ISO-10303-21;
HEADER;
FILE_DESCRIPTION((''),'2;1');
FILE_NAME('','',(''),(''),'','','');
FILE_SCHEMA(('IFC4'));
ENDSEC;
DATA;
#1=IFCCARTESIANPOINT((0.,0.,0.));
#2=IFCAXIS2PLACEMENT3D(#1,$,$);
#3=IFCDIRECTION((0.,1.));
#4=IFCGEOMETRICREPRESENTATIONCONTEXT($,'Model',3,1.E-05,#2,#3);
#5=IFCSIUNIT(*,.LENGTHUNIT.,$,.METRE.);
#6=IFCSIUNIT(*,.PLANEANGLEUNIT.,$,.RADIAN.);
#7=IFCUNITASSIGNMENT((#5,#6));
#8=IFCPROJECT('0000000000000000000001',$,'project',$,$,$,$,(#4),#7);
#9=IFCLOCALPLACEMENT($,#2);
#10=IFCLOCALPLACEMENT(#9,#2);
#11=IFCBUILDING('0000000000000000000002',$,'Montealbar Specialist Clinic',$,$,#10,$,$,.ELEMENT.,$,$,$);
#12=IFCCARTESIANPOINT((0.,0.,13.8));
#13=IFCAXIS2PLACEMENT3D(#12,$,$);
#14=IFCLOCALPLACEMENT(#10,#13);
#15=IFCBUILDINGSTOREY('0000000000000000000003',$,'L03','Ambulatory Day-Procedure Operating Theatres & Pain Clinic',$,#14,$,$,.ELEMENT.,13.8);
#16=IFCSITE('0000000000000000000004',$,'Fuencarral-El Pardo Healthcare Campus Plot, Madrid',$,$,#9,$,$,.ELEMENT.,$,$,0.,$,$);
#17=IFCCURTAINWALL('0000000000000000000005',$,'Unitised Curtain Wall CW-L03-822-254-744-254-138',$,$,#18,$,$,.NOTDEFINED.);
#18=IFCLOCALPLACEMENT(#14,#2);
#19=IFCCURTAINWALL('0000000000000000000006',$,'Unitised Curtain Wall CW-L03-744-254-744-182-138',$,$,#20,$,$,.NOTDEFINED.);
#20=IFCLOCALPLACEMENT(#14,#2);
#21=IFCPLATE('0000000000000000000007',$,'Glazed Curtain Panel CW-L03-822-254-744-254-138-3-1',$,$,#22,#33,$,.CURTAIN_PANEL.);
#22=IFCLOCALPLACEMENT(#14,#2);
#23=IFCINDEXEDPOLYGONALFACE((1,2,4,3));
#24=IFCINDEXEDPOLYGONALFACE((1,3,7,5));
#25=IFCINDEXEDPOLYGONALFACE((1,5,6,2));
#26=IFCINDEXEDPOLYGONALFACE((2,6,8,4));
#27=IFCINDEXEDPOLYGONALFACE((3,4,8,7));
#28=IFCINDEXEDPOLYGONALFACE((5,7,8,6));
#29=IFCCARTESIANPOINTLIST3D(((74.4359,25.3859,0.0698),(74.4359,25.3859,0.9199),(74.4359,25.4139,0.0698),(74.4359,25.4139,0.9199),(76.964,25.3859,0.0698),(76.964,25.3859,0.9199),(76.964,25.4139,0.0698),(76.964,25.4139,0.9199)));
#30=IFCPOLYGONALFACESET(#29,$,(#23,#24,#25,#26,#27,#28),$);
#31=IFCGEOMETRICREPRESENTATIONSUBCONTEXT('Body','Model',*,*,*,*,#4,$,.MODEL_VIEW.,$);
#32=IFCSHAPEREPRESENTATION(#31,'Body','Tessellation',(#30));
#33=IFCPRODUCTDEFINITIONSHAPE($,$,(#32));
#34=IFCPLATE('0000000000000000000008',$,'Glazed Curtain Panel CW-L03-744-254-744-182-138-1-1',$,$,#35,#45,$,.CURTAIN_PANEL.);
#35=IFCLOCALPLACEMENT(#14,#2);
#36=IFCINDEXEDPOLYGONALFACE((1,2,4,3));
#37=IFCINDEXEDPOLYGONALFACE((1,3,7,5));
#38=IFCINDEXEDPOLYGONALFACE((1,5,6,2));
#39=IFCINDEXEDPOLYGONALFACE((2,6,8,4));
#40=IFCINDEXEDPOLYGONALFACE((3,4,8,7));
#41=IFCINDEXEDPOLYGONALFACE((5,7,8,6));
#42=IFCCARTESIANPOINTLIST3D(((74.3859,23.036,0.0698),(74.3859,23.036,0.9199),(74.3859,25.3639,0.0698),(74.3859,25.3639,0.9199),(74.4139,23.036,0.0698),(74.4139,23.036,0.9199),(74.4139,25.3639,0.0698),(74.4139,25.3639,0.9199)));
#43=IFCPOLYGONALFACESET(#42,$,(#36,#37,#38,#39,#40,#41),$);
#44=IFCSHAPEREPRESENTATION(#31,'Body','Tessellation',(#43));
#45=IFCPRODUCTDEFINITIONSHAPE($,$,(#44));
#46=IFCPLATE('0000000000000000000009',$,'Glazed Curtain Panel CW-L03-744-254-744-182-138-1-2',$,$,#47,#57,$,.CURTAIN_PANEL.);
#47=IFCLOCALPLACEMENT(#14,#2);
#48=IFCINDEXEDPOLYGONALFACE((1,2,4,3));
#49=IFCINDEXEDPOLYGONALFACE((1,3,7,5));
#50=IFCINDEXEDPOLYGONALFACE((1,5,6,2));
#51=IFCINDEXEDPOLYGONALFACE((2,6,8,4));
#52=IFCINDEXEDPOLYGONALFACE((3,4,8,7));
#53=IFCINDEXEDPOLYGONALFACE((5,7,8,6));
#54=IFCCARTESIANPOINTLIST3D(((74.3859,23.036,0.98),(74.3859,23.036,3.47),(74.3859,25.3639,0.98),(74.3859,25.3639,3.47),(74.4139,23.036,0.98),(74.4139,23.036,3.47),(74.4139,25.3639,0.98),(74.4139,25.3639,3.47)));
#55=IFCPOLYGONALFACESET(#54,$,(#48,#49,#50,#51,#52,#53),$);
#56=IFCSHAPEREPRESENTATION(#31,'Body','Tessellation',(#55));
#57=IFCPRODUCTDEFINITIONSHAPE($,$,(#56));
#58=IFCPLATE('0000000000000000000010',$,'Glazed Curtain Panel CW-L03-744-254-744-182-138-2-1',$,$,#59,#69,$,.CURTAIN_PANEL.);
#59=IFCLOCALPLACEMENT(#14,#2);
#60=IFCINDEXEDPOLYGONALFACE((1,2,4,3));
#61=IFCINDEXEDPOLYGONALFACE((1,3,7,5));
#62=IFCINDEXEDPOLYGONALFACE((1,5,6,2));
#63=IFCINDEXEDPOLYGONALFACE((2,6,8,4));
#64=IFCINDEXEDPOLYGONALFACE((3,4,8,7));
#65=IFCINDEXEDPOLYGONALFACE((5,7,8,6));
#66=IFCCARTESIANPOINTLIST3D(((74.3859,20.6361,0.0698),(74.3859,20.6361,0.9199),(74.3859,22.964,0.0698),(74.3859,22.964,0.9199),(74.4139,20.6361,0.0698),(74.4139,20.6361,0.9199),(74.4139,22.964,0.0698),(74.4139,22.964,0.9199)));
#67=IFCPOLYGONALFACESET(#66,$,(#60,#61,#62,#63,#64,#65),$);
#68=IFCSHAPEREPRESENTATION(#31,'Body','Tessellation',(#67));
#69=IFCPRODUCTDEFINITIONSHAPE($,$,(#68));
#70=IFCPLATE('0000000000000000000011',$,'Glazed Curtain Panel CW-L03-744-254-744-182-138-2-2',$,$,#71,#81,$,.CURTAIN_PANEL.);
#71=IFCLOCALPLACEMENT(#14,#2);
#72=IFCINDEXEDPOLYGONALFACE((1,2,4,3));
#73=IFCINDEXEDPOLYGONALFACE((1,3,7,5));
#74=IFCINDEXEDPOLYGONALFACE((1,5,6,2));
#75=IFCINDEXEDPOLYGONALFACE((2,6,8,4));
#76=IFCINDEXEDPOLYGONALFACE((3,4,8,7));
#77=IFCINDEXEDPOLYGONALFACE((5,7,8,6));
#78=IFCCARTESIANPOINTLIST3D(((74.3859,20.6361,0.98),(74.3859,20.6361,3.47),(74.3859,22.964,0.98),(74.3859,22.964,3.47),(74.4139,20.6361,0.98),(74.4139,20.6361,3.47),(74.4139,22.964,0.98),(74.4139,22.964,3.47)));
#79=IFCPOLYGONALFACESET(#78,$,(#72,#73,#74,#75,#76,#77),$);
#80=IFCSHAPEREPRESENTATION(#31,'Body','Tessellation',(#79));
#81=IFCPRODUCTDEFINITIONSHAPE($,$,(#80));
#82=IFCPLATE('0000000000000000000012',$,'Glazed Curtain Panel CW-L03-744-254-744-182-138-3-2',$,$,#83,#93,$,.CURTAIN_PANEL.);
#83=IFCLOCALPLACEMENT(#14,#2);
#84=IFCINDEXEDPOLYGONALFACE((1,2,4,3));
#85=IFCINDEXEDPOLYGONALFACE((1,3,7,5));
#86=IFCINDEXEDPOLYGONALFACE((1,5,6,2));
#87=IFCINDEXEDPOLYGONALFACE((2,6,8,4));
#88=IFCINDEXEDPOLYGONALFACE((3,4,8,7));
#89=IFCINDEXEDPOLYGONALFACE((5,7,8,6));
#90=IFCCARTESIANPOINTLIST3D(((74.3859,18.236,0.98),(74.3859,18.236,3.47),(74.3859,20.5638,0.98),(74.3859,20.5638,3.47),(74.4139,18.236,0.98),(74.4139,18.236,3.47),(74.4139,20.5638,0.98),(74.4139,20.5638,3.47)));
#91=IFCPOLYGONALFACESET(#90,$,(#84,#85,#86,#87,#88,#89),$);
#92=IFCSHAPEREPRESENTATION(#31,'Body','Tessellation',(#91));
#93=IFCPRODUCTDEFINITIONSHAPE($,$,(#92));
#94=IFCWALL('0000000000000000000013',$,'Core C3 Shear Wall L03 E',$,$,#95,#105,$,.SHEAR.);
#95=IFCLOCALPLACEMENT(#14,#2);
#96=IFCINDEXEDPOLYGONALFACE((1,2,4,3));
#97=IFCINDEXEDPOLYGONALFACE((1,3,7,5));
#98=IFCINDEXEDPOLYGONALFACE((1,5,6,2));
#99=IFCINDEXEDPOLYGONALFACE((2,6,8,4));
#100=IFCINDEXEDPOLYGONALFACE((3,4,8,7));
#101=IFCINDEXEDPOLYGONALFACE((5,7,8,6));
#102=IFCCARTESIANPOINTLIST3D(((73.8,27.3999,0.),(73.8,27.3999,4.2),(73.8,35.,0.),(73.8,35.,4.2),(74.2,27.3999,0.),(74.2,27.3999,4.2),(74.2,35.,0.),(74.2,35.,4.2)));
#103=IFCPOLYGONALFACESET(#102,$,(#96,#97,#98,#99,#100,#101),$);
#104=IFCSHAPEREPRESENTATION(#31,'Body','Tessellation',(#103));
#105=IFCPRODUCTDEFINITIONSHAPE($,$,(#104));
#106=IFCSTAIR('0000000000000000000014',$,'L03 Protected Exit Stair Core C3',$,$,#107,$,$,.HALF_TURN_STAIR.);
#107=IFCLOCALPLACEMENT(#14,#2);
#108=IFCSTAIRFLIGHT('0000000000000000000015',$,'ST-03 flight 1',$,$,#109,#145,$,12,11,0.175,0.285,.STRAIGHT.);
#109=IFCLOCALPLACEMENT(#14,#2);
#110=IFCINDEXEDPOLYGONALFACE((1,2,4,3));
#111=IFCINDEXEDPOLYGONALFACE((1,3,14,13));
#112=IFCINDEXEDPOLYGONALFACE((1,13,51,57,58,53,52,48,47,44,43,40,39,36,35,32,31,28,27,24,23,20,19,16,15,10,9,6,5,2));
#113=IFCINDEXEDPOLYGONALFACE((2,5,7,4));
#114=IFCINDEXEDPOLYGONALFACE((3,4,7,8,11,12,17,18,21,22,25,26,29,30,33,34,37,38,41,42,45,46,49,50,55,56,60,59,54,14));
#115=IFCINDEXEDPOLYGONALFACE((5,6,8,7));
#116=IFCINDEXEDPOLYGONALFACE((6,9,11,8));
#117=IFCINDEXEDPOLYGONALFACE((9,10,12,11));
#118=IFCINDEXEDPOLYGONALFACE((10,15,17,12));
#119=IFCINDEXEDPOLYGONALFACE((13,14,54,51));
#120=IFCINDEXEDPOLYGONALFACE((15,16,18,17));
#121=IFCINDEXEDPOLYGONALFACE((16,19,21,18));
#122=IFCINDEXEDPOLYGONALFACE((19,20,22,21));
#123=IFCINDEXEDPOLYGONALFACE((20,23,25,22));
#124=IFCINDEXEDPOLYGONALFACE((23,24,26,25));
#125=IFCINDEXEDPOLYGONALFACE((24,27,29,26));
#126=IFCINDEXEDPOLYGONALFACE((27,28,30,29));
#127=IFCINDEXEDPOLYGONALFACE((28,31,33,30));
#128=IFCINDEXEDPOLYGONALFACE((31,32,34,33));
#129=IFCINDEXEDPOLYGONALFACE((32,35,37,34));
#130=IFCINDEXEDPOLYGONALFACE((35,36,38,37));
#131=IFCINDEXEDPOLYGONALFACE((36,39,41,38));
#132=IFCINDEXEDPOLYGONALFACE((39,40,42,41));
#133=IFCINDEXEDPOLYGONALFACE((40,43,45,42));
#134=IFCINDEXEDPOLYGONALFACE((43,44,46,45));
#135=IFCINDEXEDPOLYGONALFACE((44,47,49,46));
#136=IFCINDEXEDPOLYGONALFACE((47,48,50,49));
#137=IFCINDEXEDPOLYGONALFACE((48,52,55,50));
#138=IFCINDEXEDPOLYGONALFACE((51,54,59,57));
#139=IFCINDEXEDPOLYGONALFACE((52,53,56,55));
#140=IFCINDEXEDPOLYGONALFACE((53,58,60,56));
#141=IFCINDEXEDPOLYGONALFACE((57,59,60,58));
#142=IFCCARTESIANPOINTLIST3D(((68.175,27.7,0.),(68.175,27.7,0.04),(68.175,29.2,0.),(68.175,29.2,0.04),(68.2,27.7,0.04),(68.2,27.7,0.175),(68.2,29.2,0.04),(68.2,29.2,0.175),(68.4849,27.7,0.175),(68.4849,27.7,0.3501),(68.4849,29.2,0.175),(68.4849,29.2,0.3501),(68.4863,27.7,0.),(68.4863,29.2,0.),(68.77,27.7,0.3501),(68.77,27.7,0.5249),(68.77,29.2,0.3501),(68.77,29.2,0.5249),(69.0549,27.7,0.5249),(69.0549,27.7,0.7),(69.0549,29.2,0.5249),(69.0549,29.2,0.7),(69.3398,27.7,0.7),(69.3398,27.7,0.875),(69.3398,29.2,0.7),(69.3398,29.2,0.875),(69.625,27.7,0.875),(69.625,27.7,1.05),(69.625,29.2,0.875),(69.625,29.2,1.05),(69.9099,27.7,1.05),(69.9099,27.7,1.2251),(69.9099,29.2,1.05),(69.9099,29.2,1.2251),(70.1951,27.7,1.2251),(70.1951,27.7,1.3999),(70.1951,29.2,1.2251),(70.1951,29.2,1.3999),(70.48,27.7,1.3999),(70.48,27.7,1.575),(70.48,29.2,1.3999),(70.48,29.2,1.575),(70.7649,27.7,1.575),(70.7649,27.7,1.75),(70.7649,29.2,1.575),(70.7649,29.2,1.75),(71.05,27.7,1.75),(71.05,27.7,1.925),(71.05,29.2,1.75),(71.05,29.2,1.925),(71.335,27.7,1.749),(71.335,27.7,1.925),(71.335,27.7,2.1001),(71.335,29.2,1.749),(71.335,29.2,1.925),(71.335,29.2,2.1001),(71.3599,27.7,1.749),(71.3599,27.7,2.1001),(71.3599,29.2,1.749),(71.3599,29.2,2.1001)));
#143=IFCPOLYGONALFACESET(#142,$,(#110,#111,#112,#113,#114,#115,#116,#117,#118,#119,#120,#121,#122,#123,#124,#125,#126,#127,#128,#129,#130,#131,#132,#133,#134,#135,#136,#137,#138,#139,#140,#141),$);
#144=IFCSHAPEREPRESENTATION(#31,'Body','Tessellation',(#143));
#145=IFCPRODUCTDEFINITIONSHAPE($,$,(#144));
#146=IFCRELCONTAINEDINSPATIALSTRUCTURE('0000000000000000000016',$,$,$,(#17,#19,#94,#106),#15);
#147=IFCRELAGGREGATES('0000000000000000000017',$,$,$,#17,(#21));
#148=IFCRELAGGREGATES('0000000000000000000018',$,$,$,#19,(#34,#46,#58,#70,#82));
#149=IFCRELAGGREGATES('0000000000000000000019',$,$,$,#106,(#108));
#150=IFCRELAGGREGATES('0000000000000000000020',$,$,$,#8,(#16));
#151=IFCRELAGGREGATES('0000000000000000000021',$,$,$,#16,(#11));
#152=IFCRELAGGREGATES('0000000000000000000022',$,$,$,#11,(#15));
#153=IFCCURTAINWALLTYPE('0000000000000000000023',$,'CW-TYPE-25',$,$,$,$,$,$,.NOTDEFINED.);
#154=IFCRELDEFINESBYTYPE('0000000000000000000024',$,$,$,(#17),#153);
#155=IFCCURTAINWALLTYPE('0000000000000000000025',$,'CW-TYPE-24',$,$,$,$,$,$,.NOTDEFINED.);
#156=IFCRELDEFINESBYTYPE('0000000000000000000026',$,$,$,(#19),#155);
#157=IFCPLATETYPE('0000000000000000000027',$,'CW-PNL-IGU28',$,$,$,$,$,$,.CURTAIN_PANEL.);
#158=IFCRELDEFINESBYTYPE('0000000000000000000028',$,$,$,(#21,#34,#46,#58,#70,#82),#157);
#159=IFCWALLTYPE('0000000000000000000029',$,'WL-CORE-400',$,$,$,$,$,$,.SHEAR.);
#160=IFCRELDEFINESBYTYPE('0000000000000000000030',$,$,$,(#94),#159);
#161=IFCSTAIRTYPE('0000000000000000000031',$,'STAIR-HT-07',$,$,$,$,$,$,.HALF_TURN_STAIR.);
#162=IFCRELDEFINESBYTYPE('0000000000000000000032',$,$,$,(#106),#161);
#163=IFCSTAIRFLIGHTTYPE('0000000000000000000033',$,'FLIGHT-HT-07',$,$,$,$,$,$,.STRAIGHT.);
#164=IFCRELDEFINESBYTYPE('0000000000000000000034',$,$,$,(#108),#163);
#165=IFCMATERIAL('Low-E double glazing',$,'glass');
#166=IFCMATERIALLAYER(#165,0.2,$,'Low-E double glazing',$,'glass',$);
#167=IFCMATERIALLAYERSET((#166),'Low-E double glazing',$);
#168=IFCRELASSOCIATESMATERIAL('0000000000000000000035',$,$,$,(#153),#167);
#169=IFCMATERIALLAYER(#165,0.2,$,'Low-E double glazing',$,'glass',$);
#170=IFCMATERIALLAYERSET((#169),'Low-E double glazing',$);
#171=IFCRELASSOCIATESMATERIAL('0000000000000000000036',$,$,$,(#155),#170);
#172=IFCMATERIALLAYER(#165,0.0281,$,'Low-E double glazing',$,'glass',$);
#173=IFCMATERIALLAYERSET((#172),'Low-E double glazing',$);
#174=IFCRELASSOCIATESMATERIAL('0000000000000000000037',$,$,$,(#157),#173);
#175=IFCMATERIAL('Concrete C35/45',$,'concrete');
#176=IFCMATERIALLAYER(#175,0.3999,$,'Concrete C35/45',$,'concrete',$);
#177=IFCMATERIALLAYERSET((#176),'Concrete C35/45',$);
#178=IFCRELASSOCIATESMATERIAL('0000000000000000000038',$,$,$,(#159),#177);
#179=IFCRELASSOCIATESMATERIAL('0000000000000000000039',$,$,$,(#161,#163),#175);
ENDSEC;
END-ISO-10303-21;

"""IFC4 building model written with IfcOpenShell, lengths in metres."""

from ifc_helpers import new_model, si_unit, direction, frame, frame_2d, origin, origin_2d, place, context, subcontext, project, spatial, polyline, rectangle, outline, extrude, material, layer, layer_set, type_object, element, aggregate, save


model = new_model("IFC4")

# Units and contexts
model_context = context("Model", 3, precision=1e-05, world=origin(), true_north=direction((0.0, 1.0)))
body_context = subcontext(model_context, "Body", "Model", "MODEL_VIEW")
ifc_project = project(units=[si_unit("LENGTHUNIT", "METRE"), si_unit("PLANEANGLEUNIT", "RADIAN")], contexts=[model_context])

# Site, building, storey
site_placement = place(None, origin())
site = spatial("IfcSite", under=ifc_project, at=site_placement, Name="Fuencarral-El Pardo Healthcare Campus Plot, Madrid", CompositionType="ELEMENT", RefElevation=0.0)
building_placement = place(site_placement, origin())
building = spatial("IfcBuilding", under=site, at=building_placement, Name="Montealbar Specialist Clinic", CompositionType="ELEMENT")
storey_placement = place(building_placement, frame((0.0, 0.0, 13.8)))
storey = spatial("IfcBuildingStorey", under=building, at=storey_placement, Name="L03", Description="Ambulatory Day-Procedure Operating Theatres & Pain Clinic", CompositionType="ELEMENT", Elevation=13.8)

# Curtain wall
ifc_material_1 = material(Name="Low-E double glazing", Category="glass")
ifc_layer_1 = layer(ifc_material_1, 0.2, Name="Low-E double glazing", Category="glass")
ifc_layer_set_1 = layer_set([ifc_layer_1], Name="Low-E double glazing")
curtain_wall_type_1 = type_object("IfcCurtainWallType", Name="CW-TYPE-25", PredefinedType="NOTDEFINED", material=ifc_layer_set_1)
curtain_wall_1_placement = place(storey_placement, origin())
curtain_wall_1 = element("IfcCurtainWall", 1, at=curtain_wall_1_placement, inside=storey, type_object=curtain_wall_type_1, Name="Unitised Curtain Wall CW-L03-822-254-744-254-138", PredefinedType="NOTDEFINED")

# Curtain wall
ifc_layer_2 = layer(ifc_material_1, 0.2, Name="Low-E double glazing", Category="glass")
ifc_layer_set_2 = layer_set([ifc_layer_2], Name="Low-E double glazing")
curtain_wall_type_2 = type_object("IfcCurtainWallType", Name="CW-TYPE-24", PredefinedType="NOTDEFINED", material=ifc_layer_set_2)
curtain_wall_2_placement = place(storey_placement, origin())
curtain_wall_2 = element("IfcCurtainWall", 2, at=curtain_wall_2_placement, inside=storey, type_object=curtain_wall_type_2, Name="Unitised Curtain Wall CW-L03-744-254-744-182-138", PredefinedType="NOTDEFINED")

# Plates
ifc_layer_3 = layer(ifc_material_1, 0.0281, Name="Low-E double glazing", Category="glass")
ifc_layer_set_3 = layer_set([ifc_layer_3], Name="Low-E double glazing")
plate_type = type_object("IfcPlateType", Name="CW-PNL-IGU28", PredefinedType="CURTAIN_PANEL", material=ifc_layer_set_3)
plate_1_placement = place(storey_placement, frame((75.7, 25.3999, 0.0698), z_axis=(0.0, 0.0, 1.0), x_axis=(-1.0, 0.0, 0.0)))
plate_1 = element("IfcPlate", 3, at=plate_1_placement, type_object=plate_type, Name="Glazed Curtain Panel CW-L03-822-254-744-254-138-3-1", PredefinedType="CURTAIN_PANEL", context=body_context, shape_type="SweptSolid", body=[
    extrude(rectangle(XDim=2.5281, YDim=0.0281, at=origin_2d()), origin(), (0.0, 0.0, 1.0), 0.8501),
])
aggregate(curtain_wall_1, [plate_1])
plate_2_placement = place(storey_placement, frame((74.3999, 24.2, 0.0698), z_axis=(0.0, 0.0, 1.0), x_axis=(0.0, -1.0, 0.0)))
plate_2 = element("IfcPlate", 4, at=plate_2_placement, type_object=plate_type, Name="Glazed Curtain Panel CW-L03-744-254-744-182-138-1-1", PredefinedType="CURTAIN_PANEL", context=body_context, shape_type="SweptSolid", body=[
    extrude(rectangle(XDim=2.3279, YDim=0.0281, at=origin_2d()), origin(), (0.0, 0.0, 1.0), 0.8501),
])
plate_3_placement = place(storey_placement, frame((74.3999, 24.2, 0.98), z_axis=(0.0, 0.0, 1.0), x_axis=(0.0, -1.0, 0.0)))
plate_3 = element("IfcPlate", 5, at=plate_3_placement, type_object=plate_type, Name="Glazed Curtain Panel CW-L03-744-254-744-182-138-1-2", PredefinedType="CURTAIN_PANEL", context=body_context, shape_type="SweptSolid", body=[
    extrude(rectangle(XDim=2.3279, YDim=0.0281, at=origin_2d()), origin(), (0.0, 0.0, 1.0), 2.49),
])
plate_4_placement = place(storey_placement, frame((74.3999, 21.8, 0.0698), z_axis=(0.0, 0.0, 1.0), x_axis=(0.0, -1.0, 0.0)))
plate_4 = element("IfcPlate", 6, at=plate_4_placement, type_object=plate_type, Name="Glazed Curtain Panel CW-L03-744-254-744-182-138-2-1", PredefinedType="CURTAIN_PANEL", context=body_context, shape_type="SweptSolid", body=[
    extrude(rectangle(XDim=2.3279, YDim=0.0281, at=origin_2d()), origin(), (0.0, 0.0, 1.0), 0.8501),
])
plate_5_placement = place(storey_placement, frame((74.3999, 21.8, 0.98), z_axis=(0.0, 0.0, 1.0), x_axis=(0.0, -1.0, 0.0)))
plate_5 = element("IfcPlate", 7, at=plate_5_placement, type_object=plate_type, Name="Glazed Curtain Panel CW-L03-744-254-744-182-138-2-2", PredefinedType="CURTAIN_PANEL", context=body_context, shape_type="SweptSolid", body=[
    extrude(rectangle(XDim=2.3279, YDim=0.0281, at=origin_2d()), origin(), (0.0, 0.0, 1.0), 2.49),
])
plate_6_placement = place(storey_placement, frame((74.3999, 19.3999, 0.98), z_axis=(0.0, 0.0, 1.0), x_axis=(0.0, -1.0, 0.0)))
plate_6 = element("IfcPlate", 8, at=plate_6_placement, type_object=plate_type, Name="Glazed Curtain Panel CW-L03-744-254-744-182-138-3-2", PredefinedType="CURTAIN_PANEL", context=body_context, shape_type="SweptSolid", body=[
    extrude(rectangle(XDim=2.3279, YDim=0.0281, at=origin_2d()), origin(), (0.0, 0.0, 1.0), 2.49),
])
aggregate(curtain_wall_2, [plate_2, plate_3, plate_4, plate_5, plate_6])

# Wall
ifc_material_2 = material(Name="Concrete C35/45", Category="concrete")
ifc_layer_4 = layer(ifc_material_2, 0.3999, Name="Concrete C35/45", Category="concrete")
ifc_layer_set_4 = layer_set([ifc_layer_4], Name="Concrete C35/45")
wall_type = type_object("IfcWallType", Name="WL-CORE-400", PredefinedType="SHEAR", material=ifc_layer_set_4)
wall_placement = place(storey_placement, frame((74.0, 27.3999, 0.0), z_axis=(0.0, 0.0, 1.0), x_axis=(0.0, 1.0, 0.0)))
element("IfcWall", 9, at=wall_placement, inside=storey, type_object=wall_type, Name="Core C3 Shear Wall L03 E", PredefinedType="SHEAR", context=body_context, shape_type="SweptSolid", body=[
    extrude(rectangle(XDim=7.6001, YDim=0.3999, at=frame_2d((3.8, 0.0))), origin(), (0.0, 0.0, 1.0), 4.2),
])

# Stair, stair flight
stair_type = type_object("IfcStairType", Name="STAIR-HT-07", PredefinedType="HALF_TURN_STAIR", material=ifc_material_2)
stair_placement = place(storey_placement, origin())
stair = element("IfcStair", 10, at=stair_placement, inside=storey, type_object=stair_type, Name="L03 Protected Exit Stair Core C3", PredefinedType="HALF_TURN_STAIR")
stair_flight_type = type_object("IfcStairFlightType", Name="FLIGHT-HT-07", PredefinedType="STRAIGHT", material=ifc_material_2)
stair_flight_placement = place(storey_placement, frame((68.2, 28.45, 0.0), z_axis=(0.0, 0.0, 1.0), x_axis=(1.0, 0.0, 0.0)))
stair_flight = element("IfcStairFlight", 11, at=stair_flight_placement, type_object=stair_flight_type, Name="ST-03 flight 1", NumberOfRisers=12, NumberOfTreads=11, PredefinedType="STRAIGHT", RiserHeight=0.175, TreadLength=0.285, context=body_context, shape_type="SweptSolid", body=[
    extrude(outline(polyline([(-0.0249, 0.0), (-0.0249, 0.04), (0.0, 0.04), (0.0, 0.175), (0.2849, 0.175), (0.2849, 0.3501), (0.5701, 0.3501), (0.5701, 0.5249), (0.855, 0.5249), (0.855, 0.7), (1.1399, 0.7), (1.1399, 0.875), (1.425, 0.875), (1.425, 1.05), (1.71, 1.05), (1.71, 1.2251), (1.9951, 1.2251), (1.9951, 1.3999), (2.28, 1.3999), (2.28, 1.575), (2.5649, 1.575), (2.5649, 1.75), (2.8501, 1.75), (2.8501, 1.925), (3.135, 1.925), (3.135, 2.1001), (3.1599, 2.1001), (3.1599, 1.749), (3.135, 1.749), (0.2864, 0.0), (-0.0249, 0.0)])), frame((0.0, 0.75, 0.0), z_axis=(0.0, -1.0, 0.0), x_axis=(1.0, 0.0, 0.0)), (0.0, 0.0, 1.0), 1.5),
])
aggregate(stair, [stair_flight])

save(model, "model.ifc")
